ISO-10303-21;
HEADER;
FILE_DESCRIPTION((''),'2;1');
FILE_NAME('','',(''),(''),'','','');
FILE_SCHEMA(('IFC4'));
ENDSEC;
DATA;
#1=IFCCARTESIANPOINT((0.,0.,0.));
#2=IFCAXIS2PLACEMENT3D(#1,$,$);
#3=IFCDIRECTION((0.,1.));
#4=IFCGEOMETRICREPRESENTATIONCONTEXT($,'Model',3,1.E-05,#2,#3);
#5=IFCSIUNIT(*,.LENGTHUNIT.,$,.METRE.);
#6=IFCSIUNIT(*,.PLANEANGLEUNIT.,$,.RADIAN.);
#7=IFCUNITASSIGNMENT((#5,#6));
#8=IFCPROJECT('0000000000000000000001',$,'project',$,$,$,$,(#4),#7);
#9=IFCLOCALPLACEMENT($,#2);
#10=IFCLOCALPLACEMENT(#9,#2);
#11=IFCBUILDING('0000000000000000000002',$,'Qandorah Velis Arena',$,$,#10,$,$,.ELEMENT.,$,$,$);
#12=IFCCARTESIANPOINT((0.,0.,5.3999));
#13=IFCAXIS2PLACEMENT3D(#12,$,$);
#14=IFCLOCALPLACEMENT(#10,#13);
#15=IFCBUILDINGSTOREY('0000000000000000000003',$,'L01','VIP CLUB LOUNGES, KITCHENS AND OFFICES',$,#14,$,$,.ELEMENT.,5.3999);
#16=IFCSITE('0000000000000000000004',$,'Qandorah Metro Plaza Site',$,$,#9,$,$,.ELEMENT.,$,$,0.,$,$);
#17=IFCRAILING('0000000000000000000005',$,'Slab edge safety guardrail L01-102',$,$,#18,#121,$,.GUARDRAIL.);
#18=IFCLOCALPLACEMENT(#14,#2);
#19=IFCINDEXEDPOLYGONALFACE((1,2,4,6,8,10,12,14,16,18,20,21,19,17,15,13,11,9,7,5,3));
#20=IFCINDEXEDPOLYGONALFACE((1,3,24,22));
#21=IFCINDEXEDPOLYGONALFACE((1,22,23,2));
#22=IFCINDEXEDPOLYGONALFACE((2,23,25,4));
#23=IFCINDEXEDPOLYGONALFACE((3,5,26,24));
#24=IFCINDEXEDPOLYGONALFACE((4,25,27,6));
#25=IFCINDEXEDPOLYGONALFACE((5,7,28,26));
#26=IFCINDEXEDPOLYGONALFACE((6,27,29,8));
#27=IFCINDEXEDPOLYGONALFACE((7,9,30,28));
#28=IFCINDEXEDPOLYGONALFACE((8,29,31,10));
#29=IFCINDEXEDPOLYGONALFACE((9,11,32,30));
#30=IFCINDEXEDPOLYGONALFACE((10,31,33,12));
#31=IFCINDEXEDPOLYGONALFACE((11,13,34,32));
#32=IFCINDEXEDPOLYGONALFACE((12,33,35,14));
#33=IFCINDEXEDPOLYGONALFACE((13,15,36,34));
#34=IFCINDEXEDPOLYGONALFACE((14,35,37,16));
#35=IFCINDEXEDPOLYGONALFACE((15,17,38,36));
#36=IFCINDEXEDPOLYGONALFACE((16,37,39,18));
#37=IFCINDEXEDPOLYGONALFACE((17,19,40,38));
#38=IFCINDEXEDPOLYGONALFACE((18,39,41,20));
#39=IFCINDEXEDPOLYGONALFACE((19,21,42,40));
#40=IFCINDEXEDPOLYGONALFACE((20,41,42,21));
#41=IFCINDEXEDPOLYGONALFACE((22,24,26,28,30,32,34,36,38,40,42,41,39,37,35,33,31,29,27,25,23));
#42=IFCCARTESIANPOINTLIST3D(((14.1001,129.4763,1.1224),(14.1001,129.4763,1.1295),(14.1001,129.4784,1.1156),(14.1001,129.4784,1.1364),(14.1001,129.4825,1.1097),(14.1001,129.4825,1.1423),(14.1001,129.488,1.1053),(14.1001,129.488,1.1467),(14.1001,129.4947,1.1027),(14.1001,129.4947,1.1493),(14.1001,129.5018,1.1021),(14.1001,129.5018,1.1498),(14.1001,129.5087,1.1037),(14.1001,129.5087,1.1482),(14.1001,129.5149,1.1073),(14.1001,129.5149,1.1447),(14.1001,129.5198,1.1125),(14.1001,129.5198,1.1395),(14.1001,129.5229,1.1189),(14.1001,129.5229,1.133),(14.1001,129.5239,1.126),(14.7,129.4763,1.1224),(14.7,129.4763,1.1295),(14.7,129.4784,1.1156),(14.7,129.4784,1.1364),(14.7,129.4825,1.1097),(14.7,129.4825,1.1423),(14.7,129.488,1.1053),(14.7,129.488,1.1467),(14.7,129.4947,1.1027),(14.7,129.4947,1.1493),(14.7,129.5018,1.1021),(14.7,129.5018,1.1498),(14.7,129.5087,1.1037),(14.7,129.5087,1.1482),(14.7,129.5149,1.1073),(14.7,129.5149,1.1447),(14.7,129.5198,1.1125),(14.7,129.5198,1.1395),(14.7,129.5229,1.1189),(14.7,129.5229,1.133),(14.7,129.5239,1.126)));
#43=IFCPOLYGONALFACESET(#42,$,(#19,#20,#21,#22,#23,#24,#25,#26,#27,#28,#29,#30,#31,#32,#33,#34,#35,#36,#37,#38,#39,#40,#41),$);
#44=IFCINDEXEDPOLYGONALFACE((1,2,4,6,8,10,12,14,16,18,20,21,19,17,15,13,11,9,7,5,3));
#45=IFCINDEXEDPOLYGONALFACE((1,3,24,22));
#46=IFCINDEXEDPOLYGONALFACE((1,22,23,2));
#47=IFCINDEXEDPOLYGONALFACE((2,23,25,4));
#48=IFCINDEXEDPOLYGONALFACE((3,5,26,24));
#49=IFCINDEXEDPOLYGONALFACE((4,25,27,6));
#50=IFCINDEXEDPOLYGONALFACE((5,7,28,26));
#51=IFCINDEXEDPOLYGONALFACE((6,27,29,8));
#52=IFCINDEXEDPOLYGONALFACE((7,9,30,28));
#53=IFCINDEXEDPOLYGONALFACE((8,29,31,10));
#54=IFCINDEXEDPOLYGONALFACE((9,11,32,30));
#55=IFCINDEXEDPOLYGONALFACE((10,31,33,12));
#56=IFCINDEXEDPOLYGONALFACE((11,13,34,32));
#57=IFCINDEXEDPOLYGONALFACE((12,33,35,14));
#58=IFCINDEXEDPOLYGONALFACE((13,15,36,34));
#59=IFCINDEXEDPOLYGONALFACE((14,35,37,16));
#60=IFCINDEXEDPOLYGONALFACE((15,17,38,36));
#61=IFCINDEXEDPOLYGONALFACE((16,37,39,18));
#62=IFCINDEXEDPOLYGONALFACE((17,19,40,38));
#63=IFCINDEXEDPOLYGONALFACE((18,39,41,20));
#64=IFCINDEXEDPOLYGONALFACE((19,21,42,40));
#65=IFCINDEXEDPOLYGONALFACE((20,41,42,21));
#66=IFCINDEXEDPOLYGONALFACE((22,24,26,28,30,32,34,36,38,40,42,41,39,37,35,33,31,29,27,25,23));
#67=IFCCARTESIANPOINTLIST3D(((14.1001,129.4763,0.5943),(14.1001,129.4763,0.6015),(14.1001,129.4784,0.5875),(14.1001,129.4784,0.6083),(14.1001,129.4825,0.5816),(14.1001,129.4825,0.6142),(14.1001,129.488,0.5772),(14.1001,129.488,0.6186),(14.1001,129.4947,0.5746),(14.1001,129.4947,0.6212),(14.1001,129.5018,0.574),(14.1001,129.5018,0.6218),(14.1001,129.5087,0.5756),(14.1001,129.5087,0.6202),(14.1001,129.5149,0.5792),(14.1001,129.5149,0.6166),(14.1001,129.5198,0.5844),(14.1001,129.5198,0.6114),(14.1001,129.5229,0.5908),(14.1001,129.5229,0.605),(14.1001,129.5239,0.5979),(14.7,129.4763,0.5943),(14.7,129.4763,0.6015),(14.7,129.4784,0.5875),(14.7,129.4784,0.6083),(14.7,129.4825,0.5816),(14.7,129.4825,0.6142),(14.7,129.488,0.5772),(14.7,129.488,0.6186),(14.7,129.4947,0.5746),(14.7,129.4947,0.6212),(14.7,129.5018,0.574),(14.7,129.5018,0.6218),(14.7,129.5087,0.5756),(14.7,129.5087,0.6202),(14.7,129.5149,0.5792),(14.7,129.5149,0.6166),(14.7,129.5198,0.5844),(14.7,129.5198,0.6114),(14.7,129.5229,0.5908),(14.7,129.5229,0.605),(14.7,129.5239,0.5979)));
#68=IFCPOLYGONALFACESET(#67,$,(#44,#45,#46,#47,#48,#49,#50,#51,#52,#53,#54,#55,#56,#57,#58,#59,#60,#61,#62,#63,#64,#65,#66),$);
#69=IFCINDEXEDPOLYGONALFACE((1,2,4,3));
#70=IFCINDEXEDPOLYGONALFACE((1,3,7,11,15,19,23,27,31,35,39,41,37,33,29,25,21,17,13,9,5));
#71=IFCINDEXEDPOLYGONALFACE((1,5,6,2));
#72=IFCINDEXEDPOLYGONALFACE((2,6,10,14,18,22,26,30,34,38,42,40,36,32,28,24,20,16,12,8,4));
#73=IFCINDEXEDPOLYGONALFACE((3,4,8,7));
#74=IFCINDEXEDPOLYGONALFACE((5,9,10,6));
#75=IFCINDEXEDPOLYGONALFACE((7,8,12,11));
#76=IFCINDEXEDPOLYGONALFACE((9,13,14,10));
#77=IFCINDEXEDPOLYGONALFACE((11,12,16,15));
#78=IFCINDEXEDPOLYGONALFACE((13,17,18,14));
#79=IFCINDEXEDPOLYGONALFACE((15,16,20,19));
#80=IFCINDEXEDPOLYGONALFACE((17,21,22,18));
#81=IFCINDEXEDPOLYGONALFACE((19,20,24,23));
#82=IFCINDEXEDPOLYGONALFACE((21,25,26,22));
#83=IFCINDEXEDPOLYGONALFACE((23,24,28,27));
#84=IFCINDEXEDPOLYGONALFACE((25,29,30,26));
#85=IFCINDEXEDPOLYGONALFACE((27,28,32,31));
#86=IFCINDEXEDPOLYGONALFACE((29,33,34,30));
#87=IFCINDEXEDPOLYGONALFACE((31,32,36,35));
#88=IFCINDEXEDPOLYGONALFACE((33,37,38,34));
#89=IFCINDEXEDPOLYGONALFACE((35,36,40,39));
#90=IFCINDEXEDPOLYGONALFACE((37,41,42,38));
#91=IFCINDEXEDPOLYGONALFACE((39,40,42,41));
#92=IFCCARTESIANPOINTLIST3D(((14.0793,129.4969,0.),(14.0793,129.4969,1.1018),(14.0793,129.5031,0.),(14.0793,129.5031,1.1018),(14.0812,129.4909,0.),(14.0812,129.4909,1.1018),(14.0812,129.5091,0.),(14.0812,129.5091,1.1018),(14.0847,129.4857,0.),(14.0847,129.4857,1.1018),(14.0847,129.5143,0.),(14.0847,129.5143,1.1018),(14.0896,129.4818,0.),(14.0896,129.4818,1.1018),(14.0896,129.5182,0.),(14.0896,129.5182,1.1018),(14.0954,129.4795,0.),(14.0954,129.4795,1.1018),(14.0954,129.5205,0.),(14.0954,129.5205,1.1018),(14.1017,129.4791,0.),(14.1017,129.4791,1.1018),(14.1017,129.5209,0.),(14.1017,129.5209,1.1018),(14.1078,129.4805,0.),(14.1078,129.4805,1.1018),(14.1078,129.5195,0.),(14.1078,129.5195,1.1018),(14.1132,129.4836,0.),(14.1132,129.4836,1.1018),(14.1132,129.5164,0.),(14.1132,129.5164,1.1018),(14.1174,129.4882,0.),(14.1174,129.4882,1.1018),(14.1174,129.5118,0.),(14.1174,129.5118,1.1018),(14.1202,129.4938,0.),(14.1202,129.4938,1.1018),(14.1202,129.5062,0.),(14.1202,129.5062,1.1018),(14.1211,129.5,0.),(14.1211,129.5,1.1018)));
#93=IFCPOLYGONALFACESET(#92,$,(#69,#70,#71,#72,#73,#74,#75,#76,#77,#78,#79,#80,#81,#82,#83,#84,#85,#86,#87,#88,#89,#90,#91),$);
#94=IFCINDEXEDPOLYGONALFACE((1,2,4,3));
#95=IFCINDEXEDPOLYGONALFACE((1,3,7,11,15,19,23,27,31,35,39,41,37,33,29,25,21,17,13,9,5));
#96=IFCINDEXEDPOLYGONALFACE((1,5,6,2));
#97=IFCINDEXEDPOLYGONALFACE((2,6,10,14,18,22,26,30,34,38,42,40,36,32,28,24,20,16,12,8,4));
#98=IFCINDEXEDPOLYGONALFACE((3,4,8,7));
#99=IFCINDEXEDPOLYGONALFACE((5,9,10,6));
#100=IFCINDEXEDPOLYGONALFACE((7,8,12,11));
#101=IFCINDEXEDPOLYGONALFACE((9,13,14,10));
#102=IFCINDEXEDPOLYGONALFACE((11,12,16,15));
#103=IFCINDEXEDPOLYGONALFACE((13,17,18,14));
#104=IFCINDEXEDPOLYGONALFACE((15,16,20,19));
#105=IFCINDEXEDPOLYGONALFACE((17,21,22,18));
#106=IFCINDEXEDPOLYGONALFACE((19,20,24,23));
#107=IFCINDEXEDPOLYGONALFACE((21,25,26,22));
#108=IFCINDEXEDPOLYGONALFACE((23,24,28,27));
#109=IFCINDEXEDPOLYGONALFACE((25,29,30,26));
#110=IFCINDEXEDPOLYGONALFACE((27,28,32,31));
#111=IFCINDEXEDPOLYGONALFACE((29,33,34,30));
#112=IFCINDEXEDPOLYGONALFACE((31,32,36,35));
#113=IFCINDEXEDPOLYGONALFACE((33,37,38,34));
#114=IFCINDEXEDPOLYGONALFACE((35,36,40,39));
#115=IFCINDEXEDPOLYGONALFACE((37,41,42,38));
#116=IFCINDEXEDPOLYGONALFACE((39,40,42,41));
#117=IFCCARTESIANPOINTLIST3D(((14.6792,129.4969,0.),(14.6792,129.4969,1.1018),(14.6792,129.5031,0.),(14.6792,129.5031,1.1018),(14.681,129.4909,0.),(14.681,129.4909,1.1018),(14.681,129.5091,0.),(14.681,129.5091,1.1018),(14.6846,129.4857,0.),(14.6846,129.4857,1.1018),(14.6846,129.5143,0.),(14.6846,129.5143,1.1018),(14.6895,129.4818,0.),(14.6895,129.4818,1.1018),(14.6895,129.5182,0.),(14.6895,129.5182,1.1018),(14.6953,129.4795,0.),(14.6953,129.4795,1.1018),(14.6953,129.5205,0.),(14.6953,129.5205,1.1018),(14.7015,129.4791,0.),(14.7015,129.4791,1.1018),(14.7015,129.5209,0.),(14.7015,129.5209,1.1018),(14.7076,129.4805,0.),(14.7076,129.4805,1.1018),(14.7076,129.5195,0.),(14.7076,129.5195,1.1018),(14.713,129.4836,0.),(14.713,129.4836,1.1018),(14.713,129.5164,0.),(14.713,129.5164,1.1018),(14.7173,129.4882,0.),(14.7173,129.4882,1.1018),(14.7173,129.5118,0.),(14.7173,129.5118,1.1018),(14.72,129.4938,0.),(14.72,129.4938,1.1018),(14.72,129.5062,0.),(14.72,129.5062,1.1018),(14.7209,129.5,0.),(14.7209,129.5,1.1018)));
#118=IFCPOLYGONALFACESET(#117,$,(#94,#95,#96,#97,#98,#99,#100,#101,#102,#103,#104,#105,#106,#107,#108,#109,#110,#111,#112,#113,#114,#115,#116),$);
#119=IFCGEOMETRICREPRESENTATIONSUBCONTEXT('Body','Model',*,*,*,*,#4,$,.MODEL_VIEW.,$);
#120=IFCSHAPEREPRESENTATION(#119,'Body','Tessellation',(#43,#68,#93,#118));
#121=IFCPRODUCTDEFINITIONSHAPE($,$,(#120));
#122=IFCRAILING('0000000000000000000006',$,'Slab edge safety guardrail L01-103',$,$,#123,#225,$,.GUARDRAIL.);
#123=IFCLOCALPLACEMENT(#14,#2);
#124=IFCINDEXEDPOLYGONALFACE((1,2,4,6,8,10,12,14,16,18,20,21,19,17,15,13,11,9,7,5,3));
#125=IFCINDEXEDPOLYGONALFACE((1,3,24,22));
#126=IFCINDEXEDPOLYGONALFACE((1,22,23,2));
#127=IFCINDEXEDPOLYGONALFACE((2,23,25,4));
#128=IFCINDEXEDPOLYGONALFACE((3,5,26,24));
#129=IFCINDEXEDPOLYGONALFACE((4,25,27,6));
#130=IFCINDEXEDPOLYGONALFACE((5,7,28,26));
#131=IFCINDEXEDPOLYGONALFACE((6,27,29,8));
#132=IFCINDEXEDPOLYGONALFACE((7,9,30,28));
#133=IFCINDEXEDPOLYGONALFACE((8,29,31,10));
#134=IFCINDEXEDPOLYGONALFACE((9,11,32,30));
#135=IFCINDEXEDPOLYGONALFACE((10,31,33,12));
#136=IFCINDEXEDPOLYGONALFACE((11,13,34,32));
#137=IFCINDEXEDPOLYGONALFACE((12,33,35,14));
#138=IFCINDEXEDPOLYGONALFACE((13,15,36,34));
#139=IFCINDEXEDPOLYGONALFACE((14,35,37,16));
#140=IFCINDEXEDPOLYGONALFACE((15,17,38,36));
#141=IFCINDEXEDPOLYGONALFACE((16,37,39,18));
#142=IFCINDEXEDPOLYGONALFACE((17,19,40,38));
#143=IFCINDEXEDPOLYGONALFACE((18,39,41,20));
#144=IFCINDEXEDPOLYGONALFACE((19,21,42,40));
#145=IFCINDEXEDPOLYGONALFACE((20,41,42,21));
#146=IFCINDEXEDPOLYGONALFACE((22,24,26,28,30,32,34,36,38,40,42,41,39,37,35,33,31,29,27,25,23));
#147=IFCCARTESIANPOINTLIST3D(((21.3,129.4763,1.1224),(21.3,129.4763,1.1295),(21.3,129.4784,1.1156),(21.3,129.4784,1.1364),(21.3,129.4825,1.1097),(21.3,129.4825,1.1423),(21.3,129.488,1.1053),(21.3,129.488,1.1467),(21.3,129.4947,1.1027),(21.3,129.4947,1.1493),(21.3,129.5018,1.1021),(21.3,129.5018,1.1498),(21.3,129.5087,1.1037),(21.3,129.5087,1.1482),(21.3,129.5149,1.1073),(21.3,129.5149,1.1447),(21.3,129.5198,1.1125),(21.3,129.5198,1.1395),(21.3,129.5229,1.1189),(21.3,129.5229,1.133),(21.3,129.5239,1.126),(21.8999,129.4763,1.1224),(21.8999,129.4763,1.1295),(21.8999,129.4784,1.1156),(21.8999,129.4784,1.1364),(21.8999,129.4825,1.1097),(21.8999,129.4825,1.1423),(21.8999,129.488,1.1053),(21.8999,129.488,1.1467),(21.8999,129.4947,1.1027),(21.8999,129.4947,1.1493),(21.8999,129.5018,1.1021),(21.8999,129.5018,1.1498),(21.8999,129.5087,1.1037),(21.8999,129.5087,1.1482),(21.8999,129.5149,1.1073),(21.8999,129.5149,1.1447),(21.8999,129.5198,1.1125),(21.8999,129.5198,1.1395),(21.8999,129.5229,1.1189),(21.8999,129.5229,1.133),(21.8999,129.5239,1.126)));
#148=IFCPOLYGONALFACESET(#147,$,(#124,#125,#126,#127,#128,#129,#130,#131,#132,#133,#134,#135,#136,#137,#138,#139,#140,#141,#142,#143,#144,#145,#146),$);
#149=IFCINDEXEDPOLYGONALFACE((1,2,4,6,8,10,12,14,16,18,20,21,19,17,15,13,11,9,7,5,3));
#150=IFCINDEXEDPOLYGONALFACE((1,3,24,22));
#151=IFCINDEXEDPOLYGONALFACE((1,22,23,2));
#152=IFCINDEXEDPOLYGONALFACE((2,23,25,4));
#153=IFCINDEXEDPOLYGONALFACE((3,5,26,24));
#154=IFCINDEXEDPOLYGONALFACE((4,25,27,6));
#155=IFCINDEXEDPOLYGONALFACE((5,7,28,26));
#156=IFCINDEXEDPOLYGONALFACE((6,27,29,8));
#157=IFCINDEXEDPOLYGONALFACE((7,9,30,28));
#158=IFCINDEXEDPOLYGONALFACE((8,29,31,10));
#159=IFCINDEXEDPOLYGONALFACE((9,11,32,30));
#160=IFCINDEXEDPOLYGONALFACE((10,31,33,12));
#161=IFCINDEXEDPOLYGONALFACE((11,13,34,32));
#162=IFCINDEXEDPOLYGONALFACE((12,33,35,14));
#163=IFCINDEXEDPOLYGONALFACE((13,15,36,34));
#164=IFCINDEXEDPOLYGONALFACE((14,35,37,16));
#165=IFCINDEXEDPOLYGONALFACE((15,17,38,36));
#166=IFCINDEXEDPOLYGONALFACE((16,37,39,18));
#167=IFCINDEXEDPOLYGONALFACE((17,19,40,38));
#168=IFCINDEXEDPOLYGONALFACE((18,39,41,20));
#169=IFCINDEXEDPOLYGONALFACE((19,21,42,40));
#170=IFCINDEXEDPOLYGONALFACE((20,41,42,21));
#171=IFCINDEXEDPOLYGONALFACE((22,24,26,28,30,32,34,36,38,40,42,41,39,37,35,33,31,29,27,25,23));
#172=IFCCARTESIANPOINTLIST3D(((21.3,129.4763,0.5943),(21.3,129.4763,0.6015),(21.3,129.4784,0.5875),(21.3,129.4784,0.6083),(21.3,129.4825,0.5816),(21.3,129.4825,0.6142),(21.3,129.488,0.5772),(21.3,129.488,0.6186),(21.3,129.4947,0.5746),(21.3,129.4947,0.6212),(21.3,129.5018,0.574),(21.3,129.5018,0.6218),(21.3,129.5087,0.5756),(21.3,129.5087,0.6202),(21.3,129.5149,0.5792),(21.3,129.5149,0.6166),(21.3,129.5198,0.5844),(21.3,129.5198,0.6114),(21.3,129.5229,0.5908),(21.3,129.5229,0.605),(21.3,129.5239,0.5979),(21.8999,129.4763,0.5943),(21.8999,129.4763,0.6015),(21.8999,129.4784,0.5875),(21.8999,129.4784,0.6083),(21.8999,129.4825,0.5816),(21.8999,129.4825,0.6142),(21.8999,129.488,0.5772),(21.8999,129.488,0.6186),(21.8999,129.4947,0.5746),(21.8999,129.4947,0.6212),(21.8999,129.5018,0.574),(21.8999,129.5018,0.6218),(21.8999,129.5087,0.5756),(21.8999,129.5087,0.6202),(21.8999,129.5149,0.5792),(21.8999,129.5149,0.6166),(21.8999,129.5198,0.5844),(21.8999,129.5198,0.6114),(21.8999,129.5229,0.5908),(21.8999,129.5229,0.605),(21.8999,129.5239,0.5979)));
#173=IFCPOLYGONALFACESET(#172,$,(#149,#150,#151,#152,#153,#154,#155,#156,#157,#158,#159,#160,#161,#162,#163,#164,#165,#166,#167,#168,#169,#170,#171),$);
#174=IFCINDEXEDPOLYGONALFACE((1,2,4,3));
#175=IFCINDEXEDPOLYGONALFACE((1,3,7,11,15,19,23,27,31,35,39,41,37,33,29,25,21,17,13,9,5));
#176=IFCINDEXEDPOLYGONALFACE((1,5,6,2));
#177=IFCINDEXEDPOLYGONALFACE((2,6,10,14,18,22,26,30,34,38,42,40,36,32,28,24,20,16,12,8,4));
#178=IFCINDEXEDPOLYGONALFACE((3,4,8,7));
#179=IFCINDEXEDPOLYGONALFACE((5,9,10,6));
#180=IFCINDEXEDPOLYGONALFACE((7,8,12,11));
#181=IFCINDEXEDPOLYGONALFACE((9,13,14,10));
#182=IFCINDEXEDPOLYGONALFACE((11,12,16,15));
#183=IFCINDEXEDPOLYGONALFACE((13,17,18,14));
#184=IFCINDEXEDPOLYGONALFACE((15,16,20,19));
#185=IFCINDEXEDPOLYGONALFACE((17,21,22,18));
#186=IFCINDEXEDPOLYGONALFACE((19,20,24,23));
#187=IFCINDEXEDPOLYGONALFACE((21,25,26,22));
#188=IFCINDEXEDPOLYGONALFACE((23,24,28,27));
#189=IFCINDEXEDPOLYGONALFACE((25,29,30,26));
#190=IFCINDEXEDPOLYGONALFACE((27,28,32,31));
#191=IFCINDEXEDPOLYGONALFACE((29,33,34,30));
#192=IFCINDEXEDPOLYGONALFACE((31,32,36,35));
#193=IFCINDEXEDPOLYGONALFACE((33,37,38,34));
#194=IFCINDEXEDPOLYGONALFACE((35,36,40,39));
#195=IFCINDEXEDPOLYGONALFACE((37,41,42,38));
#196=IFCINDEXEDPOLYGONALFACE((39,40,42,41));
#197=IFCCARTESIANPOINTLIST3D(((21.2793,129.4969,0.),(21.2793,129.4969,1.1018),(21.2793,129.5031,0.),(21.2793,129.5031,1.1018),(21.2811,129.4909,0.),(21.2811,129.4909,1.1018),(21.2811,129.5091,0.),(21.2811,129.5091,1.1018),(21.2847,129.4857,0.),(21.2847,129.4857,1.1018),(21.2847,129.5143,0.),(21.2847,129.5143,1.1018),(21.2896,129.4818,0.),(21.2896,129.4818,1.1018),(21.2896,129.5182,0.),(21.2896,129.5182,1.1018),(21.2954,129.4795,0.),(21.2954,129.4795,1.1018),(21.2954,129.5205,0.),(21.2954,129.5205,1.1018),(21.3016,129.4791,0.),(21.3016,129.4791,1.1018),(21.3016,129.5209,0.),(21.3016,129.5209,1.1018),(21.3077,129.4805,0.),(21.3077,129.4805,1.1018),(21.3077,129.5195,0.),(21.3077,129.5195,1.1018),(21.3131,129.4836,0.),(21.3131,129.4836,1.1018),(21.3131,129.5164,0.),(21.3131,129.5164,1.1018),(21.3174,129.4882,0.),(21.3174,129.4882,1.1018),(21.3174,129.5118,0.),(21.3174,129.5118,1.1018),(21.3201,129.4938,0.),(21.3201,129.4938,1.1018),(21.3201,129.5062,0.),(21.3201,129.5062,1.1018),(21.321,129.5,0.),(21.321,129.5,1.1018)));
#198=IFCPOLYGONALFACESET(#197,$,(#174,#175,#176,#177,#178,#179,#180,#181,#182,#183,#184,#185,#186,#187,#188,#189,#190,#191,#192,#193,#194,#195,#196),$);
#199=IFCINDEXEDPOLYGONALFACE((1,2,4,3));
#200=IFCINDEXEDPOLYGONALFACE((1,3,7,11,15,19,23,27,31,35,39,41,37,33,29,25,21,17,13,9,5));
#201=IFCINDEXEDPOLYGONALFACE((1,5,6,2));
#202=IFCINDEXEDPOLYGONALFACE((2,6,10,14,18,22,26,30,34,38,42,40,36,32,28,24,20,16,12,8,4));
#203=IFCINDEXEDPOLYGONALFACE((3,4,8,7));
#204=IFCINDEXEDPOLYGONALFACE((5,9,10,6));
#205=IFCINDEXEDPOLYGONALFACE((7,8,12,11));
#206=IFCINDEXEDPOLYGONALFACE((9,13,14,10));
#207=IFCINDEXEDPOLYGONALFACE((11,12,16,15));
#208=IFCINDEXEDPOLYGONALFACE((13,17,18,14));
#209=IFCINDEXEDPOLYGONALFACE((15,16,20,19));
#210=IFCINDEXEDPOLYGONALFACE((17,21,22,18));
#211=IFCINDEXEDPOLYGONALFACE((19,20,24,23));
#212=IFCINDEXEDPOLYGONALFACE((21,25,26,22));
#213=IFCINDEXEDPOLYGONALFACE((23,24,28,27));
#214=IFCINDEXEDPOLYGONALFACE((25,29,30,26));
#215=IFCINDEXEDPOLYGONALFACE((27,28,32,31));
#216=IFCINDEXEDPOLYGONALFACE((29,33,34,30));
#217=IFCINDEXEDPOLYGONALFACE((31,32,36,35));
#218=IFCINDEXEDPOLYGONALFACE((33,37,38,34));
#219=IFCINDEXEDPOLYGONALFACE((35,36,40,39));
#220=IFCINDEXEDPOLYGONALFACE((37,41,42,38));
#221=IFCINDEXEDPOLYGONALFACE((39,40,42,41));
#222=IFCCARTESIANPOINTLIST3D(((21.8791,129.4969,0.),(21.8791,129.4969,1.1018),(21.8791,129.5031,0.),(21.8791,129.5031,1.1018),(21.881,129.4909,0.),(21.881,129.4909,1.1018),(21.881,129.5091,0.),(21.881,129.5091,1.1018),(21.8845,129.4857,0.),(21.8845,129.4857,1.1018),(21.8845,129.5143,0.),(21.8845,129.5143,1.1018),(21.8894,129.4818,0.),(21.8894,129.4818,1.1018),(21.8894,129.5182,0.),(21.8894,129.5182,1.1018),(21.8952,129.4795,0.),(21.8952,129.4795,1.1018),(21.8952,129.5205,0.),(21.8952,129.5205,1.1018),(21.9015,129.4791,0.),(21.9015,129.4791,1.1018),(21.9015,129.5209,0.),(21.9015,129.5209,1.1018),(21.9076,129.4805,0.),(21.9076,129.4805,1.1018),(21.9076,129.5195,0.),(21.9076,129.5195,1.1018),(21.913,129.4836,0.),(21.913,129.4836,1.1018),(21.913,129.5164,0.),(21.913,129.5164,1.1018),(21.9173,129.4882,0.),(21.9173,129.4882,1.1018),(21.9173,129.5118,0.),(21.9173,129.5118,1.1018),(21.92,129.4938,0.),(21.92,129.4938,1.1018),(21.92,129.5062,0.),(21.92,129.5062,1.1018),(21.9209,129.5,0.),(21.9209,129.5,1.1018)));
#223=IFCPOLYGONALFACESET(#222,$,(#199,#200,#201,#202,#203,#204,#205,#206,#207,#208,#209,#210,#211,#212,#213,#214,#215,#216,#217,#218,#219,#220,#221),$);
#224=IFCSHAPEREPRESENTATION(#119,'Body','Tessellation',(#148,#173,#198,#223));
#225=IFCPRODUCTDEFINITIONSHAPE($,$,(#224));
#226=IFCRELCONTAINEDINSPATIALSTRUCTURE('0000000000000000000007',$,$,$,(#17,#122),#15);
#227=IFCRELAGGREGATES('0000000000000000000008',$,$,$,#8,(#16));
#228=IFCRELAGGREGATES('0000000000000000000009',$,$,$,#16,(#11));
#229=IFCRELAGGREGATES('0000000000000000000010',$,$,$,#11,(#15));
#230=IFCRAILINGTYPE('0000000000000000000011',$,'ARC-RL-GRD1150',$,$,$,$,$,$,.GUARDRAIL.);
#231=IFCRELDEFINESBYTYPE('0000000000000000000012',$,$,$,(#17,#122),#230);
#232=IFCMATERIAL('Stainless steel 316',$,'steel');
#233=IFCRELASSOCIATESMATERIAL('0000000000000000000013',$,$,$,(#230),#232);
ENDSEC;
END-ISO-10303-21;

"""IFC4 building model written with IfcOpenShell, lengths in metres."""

from ifc_helpers import new_model, si_unit, direction, frame, origin, origin_2d, place, context, subcontext, project, spatial, circle, extrude, material, type_object, element, save


model = new_model("IFC4")

# Units and contexts
model_context = context("Model", 3, precision=1e-05, world=origin(), true_north=direction((0.0, 1.0)))
body_context = subcontext(model_context, "Body", "Model", "MODEL_VIEW")
ifc_project = project(units=[si_unit("LENGTHUNIT", "METRE"), si_unit("PLANEANGLEUNIT", "RADIAN")], contexts=[model_context])

# Site, building, storey
site_placement = place(None, origin())
site = spatial("IfcSite", under=ifc_project, at=site_placement, Name="Qandorah Metro Plaza Site", CompositionType="ELEMENT", RefElevation=0.0)
building_placement = place(site_placement, origin())
building = spatial("IfcBuilding", under=site, at=building_placement, Name="Qandorah Velis Arena", CompositionType="ELEMENT")
storey_placement = place(building_placement, frame((0.0, 0.0, 5.3999)))
storey = spatial("IfcBuildingStorey", under=building, at=storey_placement, Name="L01", Description="VIP CLUB LOUNGES, KITCHENS AND OFFICES", CompositionType="ELEMENT", Elevation=5.3999)

# Railings
ifc_material_1 = material(Name="Stainless steel 316", Category="steel")
railing_type = type_object("IfcRailingType", Name="ARC-RL-GRD1150", PredefinedType="GUARDRAIL", material=ifc_material_1)
for number, where, name in (
    (1, (14.1001, 129.5, 0.0), "Slab edge safety guardrail L01-102"),
    (2, (21.3, 129.5, 0.0), "Slab edge safety guardrail L01-103"),
):
    element("IfcRailing", number, at=place(storey_placement, frame(where)), inside=storey, type_object=railing_type, Name=name, PredefinedType="GUARDRAIL", context=body_context, shape_type="SweptSolid", body=[
        extrude(circle(Radius=0.0239, at=origin_2d()), frame((0.0, 0.0, 1.126), z_axis=(1.0, 0.0, 0.0), x_axis=(0.0, 1.0, 0.0)), (0.0, 0.0, 1.0), 0.5999),
        extrude(circle(Radius=0.0239, at=origin_2d()), frame((0.0, 0.0, 0.5979), z_axis=(1.0, 0.0, 0.0), x_axis=(0.0, 1.0, 0.0)), (0.0, 0.0, 1.0), 0.5999),
        extrude(circle(Radius=0.021, at=origin_2d()), origin(), (0.0, 0.0, 1.0), 1.1018),
        extrude(circle(Radius=0.021, at=origin_2d()), frame((0.5999, 0.0, 0.0)), (0.0, 0.0, 1.0), 1.1018),
    ])

save(model, "model.ifc")
